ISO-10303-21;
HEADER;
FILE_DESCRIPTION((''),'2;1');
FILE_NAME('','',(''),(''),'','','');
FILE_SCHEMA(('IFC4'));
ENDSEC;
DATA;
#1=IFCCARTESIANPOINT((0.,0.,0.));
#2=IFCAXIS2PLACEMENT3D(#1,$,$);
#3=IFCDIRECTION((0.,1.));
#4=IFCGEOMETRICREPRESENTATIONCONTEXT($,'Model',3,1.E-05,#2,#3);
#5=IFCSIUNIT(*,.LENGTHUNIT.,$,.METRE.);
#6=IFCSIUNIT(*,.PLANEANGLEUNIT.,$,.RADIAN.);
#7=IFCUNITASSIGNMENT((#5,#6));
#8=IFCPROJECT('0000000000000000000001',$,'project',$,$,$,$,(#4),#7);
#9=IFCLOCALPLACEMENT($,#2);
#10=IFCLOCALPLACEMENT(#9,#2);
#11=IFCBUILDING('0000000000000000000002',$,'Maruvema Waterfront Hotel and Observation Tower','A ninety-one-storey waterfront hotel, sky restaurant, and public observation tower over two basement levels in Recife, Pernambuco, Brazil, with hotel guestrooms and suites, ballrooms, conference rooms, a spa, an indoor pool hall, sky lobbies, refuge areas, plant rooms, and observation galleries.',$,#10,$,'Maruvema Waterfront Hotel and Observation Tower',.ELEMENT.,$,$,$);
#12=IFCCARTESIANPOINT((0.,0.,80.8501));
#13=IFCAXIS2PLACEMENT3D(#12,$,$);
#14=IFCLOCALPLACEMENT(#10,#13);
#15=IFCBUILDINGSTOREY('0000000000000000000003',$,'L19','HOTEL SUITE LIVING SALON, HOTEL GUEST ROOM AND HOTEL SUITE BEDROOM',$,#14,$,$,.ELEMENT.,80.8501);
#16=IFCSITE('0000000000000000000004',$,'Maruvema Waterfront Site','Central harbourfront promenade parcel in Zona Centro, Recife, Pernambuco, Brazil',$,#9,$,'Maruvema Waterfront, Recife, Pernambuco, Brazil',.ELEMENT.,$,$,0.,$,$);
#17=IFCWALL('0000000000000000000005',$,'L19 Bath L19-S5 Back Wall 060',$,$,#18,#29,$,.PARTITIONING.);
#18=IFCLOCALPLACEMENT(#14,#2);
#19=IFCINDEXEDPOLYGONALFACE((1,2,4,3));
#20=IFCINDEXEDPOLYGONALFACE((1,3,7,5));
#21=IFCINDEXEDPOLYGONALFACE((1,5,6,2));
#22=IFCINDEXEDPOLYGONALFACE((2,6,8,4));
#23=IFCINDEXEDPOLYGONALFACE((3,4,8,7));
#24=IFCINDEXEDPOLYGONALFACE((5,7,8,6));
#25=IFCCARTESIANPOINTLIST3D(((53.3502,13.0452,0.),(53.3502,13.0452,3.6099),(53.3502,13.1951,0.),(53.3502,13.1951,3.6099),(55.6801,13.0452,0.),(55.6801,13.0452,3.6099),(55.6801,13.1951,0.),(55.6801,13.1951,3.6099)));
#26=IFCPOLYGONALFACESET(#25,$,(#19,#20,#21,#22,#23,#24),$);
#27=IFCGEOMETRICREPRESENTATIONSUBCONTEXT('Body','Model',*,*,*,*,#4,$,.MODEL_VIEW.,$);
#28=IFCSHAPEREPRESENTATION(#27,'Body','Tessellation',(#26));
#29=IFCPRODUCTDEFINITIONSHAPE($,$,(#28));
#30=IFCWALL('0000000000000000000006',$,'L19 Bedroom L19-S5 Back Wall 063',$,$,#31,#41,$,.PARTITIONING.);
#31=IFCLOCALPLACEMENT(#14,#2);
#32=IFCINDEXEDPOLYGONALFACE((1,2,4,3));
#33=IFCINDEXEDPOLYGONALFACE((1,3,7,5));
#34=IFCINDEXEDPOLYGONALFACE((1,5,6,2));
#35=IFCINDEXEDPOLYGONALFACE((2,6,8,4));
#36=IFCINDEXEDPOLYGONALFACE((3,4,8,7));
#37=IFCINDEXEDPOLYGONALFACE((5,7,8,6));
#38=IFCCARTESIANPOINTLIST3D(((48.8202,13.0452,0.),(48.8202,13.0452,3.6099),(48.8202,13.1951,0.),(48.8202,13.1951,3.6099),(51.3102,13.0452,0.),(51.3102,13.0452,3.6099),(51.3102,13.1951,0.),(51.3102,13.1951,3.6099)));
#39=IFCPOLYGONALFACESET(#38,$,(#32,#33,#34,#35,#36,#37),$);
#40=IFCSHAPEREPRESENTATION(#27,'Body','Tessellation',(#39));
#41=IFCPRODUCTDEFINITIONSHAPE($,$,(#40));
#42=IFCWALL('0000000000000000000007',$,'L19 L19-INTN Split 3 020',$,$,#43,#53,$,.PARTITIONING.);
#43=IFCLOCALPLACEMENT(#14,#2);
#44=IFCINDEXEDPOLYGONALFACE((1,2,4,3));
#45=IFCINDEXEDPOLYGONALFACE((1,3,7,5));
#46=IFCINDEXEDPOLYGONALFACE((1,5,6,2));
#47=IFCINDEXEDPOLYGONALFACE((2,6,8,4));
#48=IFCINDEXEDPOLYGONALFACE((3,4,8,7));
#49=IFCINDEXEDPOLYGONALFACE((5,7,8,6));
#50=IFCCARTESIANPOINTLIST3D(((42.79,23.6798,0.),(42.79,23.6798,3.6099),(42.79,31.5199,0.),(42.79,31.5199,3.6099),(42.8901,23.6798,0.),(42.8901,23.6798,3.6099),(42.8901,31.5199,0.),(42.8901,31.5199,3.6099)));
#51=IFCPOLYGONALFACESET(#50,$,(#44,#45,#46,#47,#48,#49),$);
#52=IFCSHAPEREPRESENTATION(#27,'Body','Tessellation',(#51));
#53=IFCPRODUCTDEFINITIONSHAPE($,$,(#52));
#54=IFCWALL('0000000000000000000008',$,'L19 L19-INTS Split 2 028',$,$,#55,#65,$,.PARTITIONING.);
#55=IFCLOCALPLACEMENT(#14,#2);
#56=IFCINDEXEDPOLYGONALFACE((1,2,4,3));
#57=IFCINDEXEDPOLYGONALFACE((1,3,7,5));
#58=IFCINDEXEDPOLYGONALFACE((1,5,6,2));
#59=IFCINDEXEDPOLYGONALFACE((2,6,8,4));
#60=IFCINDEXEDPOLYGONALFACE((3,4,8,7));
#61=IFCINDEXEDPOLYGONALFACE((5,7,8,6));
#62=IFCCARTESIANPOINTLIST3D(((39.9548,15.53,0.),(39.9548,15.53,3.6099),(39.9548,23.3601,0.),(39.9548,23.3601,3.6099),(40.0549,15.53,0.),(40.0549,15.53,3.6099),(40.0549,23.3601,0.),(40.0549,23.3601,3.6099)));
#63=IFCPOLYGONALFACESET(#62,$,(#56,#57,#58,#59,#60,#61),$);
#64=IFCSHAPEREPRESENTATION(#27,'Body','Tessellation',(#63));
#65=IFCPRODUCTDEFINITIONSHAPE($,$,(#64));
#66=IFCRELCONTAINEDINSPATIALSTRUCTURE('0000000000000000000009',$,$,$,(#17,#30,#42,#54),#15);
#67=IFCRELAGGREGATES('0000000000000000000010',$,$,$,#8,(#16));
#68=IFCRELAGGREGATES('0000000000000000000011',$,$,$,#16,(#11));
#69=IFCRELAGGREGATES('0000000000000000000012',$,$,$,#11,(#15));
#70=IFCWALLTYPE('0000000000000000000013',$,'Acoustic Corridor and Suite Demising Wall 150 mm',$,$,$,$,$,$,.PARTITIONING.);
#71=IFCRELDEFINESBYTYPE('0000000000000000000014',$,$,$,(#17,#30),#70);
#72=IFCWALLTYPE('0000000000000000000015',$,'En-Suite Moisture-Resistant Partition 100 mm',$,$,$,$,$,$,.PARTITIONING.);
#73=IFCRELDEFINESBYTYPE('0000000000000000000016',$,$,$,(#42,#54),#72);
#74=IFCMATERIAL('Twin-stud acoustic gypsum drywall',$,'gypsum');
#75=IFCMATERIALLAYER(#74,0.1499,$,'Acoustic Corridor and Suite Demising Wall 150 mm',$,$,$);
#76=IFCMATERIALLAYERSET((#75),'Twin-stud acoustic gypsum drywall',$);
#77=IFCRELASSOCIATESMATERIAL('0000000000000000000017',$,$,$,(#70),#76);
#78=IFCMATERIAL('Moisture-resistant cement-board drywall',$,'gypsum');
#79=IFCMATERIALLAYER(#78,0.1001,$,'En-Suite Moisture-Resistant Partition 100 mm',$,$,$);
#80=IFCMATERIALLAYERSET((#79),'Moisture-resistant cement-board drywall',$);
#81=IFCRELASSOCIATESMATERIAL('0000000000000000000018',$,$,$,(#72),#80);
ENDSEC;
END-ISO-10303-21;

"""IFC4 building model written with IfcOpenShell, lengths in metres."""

from ifc_helpers import new_model, si_unit, direction, frame, frame_2d, origin, place, context, subcontext, project, spatial, rectangle, extrude, material, layer, layer_set, type_object, element, save


model = new_model("IFC4")

# Units and contexts
model_context = context("Model", 3, precision=1e-05, world=origin(), true_north=direction((0.0, 1.0)))
body_context = subcontext(model_context, "Body", "Model", "MODEL_VIEW")
ifc_project = project(units=[si_unit("LENGTHUNIT", "METRE"), si_unit("PLANEANGLEUNIT", "RADIAN")], contexts=[model_context])

# Site, building, storey
site_placement = place(None, origin())
site = spatial("IfcSite", under=ifc_project, at=site_placement, Name="Maruvema Waterfront Site", Description="Central harbourfront promenade parcel in Zona Centro, Recife, Pernambuco, Brazil", LongName="Maruvema Waterfront, Recife, Pernambuco, Brazil", CompositionType="ELEMENT", RefElevation=0.0)
building_placement = place(site_placement, origin())
building = spatial("IfcBuilding", under=site, at=building_placement, Name="Maruvema Waterfront Hotel and Observation Tower", Description="A ninety-one-storey waterfront hotel, sky restaurant, and public observation tower over two basement levels in Recife, Pernambuco, Brazil, with hotel guestrooms and suites, ballrooms, conference rooms, a spa, an indoor pool hall, sky lobbies, refuge areas, plant rooms, and observation galleries.", LongName="Maruvema Waterfront Hotel and Observation Tower", CompositionType="ELEMENT")
storey_placement = place(building_placement, frame((0.0, 0.0, 80.8501)))
storey = spatial("IfcBuildingStorey", under=building, at=storey_placement, Name="L19", Description="HOTEL SUITE LIVING SALON, HOTEL GUEST ROOM AND HOTEL SUITE BEDROOM", CompositionType="ELEMENT", Elevation=80.8501)

# Shared definitions
ifc_material_1 = material(Name="Twin-stud acoustic gypsum drywall", Category="gypsum")
ifc_layer_1 = layer(ifc_material_1, 0.1499, Name="Acoustic Corridor and Suite Demising Wall 150 mm")
ifc_layer_set_1 = layer_set([ifc_layer_1], Name="Twin-stud acoustic gypsum drywall")
wall_type_1 = type_object("IfcWallType", Name="Acoustic Corridor and Suite Demising Wall 150 mm", PredefinedType="PARTITIONING", material=ifc_layer_set_1)

# Walls
wall_1_placement = place(storey_placement, frame((53.3501, 13.1201, 0.0), z_axis=(0.0, 0.0, 1.0), x_axis=(1.0, 0.0, 0.0)))
element("IfcWall", 1, at=wall_1_placement, inside=storey, type_object=wall_type_1, Name="L19 Bath L19-S5 Back Wall 060", PredefinedType="PARTITIONING", context=body_context, shape_type="SweptSolid", body=[
    extrude(rectangle(XDim=2.3298, YDim=0.1499, at=frame_2d((1.165, 0.0))), origin(), (0.0, 0.0, 1.0), 3.6099),
])
wall_2_placement = place(storey_placement, frame((48.8201, 13.1201, 0.0), z_axis=(0.0, 0.0, 1.0), x_axis=(1.0, 0.0, 0.0)))
element("IfcWall", 2, at=wall_2_placement, inside=storey, type_object=wall_type_1, Name="L19 Bedroom L19-S5 Back Wall 063", PredefinedType="PARTITIONING", context=body_context, shape_type="SweptSolid", body=[
    extrude(rectangle(XDim=2.49, YDim=0.1499, at=frame_2d((1.2451, 0.0))), origin(), (0.0, 0.0, 1.0), 3.6099),
])

# Walls
ifc_material_2 = material(Name="Moisture-resistant cement-board drywall", Category="gypsum")
ifc_layer_2 = layer(ifc_material_2, 0.1001, Name="En-Suite Moisture-Resistant Partition 100 mm")
ifc_layer_set_2 = layer_set([ifc_layer_2], Name="Moisture-resistant cement-board drywall")
wall_type_2 = type_object("IfcWallType", Name="En-Suite Moisture-Resistant Partition 100 mm", PredefinedType="PARTITIONING", material=ifc_layer_set_2)
wall_3_placement = place(storey_placement, frame((42.8401, 23.6799, 0.0), z_axis=(0.0, 0.0, 1.0), x_axis=(0.0, 1.0, 0.0)))
element("IfcWall", 3, at=wall_3_placement, inside=storey, type_object=wall_type_2, Name="L19 L19-INTN Split 3 020", PredefinedType="PARTITIONING", context=body_context, shape_type="SweptSolid", body=[
    extrude(rectangle(XDim=7.8401, YDim=0.1001, at=frame_2d((3.9199, 0.0))), origin(), (0.0, 0.0, 1.0), 3.6099),
])
wall_4_placement = place(storey_placement, frame((40.0049, 15.53, 0.0), z_axis=(0.0, 0.0, 1.0), x_axis=(0.0, 1.0, 0.0)))
element("IfcWall", 4, at=wall_4_placement, inside=storey, type_object=wall_type_2, Name="L19 L19-INTS Split 2 028", PredefinedType="PARTITIONING", context=body_context, shape_type="SweptSolid", body=[
    extrude(rectangle(XDim=7.8301, YDim=0.1001, at=frame_2d((3.915, 0.0))), origin(), (0.0, 0.0, 1.0), 3.6099),
])

save(model, "model.ifc")
